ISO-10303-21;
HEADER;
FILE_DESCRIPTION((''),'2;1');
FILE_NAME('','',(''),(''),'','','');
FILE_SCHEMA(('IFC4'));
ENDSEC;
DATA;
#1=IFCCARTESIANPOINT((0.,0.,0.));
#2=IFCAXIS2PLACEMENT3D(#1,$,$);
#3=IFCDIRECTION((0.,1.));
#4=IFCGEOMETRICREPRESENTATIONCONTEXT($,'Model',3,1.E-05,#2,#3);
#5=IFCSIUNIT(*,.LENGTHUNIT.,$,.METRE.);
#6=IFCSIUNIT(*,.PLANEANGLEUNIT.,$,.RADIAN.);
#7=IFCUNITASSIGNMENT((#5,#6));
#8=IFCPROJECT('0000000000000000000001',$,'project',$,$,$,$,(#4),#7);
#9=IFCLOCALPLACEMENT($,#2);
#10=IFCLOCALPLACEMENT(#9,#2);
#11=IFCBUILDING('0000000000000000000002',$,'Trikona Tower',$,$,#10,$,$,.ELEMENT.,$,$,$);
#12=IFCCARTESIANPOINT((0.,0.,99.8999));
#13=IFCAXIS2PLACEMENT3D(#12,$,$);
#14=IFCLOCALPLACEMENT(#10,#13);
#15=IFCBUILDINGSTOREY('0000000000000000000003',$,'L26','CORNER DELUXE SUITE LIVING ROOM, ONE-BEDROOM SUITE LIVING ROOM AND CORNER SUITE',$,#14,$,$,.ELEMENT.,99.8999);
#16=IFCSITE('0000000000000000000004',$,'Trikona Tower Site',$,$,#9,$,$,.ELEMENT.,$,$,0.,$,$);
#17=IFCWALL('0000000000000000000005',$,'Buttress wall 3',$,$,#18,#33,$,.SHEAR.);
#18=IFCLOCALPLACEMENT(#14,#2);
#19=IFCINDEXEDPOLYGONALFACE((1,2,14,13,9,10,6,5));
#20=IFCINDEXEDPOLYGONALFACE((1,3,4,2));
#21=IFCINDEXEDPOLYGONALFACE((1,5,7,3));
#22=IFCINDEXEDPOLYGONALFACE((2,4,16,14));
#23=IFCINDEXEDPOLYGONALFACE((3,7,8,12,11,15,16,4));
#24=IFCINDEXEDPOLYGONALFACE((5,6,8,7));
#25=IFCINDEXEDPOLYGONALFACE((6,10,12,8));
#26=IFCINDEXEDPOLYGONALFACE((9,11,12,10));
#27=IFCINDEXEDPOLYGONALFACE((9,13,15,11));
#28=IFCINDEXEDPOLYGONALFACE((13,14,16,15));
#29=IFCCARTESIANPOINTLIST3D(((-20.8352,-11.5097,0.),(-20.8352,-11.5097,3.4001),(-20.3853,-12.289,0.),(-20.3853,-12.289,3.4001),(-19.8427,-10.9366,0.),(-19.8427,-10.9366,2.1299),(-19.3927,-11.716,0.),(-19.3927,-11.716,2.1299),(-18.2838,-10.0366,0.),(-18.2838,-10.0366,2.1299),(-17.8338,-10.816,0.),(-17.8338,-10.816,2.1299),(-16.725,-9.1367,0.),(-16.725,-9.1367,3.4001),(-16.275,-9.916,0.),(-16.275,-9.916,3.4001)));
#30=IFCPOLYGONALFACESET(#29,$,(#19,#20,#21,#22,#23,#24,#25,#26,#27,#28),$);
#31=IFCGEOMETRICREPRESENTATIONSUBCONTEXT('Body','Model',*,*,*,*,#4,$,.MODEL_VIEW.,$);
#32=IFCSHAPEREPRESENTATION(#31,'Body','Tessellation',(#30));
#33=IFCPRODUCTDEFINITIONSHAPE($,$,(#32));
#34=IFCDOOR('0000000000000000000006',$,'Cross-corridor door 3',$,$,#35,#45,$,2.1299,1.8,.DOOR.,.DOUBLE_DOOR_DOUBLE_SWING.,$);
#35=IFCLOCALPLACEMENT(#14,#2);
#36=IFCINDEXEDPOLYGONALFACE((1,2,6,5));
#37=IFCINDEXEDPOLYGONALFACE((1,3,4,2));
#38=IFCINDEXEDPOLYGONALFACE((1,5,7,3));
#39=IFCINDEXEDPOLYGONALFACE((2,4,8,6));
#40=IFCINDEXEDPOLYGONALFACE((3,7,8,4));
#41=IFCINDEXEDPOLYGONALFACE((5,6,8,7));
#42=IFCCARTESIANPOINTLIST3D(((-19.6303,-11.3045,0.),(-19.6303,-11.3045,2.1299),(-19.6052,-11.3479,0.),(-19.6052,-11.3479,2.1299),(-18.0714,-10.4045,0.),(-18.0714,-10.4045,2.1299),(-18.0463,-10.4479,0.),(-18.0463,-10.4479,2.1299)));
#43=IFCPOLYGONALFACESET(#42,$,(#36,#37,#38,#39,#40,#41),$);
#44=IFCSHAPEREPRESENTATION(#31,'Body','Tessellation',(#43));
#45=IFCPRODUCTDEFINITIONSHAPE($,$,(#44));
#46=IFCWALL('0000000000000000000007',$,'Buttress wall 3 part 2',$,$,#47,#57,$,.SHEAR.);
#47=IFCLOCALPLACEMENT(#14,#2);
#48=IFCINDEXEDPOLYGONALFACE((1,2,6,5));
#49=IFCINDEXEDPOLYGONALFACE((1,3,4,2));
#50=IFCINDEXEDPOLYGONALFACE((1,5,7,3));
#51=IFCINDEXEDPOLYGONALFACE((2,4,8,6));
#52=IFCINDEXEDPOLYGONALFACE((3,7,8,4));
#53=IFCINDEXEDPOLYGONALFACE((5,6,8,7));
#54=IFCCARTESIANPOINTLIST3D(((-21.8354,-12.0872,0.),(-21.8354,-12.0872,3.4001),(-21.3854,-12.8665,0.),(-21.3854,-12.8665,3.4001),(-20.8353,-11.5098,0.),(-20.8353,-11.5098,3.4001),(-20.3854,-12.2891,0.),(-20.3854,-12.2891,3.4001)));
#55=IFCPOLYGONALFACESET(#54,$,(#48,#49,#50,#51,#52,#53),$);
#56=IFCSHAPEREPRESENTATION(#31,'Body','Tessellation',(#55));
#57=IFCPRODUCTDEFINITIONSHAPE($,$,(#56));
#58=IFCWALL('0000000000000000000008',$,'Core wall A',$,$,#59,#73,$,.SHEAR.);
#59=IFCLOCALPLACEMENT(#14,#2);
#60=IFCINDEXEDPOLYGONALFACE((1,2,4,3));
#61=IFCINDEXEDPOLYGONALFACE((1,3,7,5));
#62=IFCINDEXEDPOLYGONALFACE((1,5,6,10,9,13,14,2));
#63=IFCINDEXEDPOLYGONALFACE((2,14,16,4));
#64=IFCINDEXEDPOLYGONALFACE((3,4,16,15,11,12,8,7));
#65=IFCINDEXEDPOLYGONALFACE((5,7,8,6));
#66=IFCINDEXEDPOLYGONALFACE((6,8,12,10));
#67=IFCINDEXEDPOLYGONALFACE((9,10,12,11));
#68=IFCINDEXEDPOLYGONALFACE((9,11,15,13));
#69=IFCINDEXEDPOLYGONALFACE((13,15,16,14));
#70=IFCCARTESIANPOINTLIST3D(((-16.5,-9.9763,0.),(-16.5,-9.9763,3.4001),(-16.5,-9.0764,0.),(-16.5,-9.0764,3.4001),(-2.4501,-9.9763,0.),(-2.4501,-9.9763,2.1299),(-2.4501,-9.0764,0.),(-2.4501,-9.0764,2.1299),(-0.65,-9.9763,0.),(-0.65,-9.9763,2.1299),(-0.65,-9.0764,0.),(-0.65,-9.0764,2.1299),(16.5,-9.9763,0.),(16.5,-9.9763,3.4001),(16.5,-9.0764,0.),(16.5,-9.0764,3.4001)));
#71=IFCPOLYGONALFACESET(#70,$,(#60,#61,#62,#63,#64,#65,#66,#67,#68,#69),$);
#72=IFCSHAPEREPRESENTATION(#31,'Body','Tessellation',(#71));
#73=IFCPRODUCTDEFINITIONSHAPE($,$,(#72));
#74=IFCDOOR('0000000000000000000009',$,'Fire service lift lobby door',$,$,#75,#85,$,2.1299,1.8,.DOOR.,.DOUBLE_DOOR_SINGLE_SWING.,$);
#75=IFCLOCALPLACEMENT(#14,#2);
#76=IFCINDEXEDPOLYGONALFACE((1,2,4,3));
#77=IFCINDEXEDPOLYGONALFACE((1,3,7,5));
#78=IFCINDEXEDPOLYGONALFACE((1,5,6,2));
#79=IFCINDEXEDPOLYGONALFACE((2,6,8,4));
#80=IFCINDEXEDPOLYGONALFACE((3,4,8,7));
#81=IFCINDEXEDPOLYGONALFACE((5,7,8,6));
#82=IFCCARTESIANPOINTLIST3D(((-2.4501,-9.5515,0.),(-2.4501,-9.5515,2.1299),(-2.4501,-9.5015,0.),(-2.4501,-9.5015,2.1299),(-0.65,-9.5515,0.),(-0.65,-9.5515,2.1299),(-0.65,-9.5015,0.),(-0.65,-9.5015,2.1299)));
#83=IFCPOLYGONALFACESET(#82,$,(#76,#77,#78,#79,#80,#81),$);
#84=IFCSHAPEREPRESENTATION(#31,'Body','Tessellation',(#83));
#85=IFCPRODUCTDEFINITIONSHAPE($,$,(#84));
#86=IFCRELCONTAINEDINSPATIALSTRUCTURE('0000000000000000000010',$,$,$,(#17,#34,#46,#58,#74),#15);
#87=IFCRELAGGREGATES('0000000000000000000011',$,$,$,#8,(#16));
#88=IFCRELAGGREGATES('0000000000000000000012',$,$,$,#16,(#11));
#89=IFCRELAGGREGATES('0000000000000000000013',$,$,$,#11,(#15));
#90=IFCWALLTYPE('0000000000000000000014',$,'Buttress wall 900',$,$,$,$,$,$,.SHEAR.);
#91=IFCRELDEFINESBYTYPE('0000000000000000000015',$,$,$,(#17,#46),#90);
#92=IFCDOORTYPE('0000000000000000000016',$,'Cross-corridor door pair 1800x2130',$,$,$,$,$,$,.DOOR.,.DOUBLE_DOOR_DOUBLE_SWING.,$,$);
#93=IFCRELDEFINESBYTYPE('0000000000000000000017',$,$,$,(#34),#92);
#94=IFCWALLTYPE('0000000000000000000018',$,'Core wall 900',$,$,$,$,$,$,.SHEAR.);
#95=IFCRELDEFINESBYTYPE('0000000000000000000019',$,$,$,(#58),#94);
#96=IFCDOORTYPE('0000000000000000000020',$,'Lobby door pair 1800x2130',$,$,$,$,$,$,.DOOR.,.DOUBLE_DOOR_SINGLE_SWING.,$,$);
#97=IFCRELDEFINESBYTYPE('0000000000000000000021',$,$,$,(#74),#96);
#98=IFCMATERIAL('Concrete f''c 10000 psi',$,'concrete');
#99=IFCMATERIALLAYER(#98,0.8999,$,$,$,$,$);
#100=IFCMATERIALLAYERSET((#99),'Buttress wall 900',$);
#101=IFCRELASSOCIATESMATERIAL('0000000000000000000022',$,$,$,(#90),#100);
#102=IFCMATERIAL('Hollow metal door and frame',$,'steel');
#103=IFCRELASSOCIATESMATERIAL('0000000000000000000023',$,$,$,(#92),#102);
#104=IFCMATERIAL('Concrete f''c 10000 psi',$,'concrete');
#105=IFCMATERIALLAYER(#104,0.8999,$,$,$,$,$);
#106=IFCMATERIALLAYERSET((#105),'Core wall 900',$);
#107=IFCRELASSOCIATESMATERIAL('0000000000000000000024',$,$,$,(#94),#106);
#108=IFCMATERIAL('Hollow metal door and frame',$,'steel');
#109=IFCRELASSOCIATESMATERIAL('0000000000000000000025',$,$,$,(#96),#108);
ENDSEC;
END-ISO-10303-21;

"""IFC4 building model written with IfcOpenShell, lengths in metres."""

from ifc_helpers import new_model, si_unit, direction, frame, frame_2d, origin, place, context, subcontext, project, spatial, rectangle, extrude, material, layer, layer_set, type_object, element, fill, save


model = new_model("IFC4")

# Units and contexts
model_context = context("Model", 3, precision=1e-05, world=origin(), true_north=direction((0.0, 1.0)))
body_context = subcontext(model_context, "Body", "Model", "MODEL_VIEW")
ifc_project = project(units=[si_unit("LENGTHUNIT", "METRE"), si_unit("PLANEANGLEUNIT", "RADIAN")], contexts=[model_context])

# Site, building, storey
site_placement = place(None, origin())
site = spatial("IfcSite", under=ifc_project, at=site_placement, Name="Trikona Tower Site", CompositionType="ELEMENT", RefElevation=0.0)
building_placement = place(site_placement, origin())
building = spatial("IfcBuilding", under=site, at=building_placement, Name="Trikona Tower", CompositionType="ELEMENT")
storey_placement = place(building_placement, frame((0.0, 0.0, 99.8999)))
storey = spatial("IfcBuildingStorey", under=building, at=storey_placement, Name="L26", Description="CORNER DELUXE SUITE LIVING ROOM, ONE-BEDROOM SUITE LIVING ROOM AND CORNER SUITE", CompositionType="ELEMENT", Elevation=99.8999)

# Wall, opening, door
ifc_material_1 = material(Name="Concrete f'c 10000 psi", Category="concrete")
ifc_layer_1 = layer(ifc_material_1, 0.8999)
ifc_layer_set_1 = layer_set([ifc_layer_1], Name="Buttress wall 900")
wall_type_1 = type_object("IfcWallType", Name="Buttress wall 900", PredefinedType="SHEAR", material=ifc_layer_set_1)
wall_1_placement = place(storey_placement, frame((-16.5, -9.5264, 0.0), z_axis=(0.0, 0.0, 1.0), x_axis=(-0.866031, -0.49999, 0.0)))
wall_1 = element("IfcWall", 1, at=wall_1_placement, inside=storey, type_object=wall_type_1, Name="Buttress wall 3", PredefinedType="SHEAR", context=body_context, shape_type="SweptSolid", body=[
    extrude(rectangle(XDim=4.7461, YDim=0.8999, at=frame_2d((2.373, 0.0))), origin(), (0.0, 0.0, 1.0), 3.4001),
])
opening_1_placement = place(wall_1_placement, frame((1.8, 0.0, 0.0)))
opening_1 = element("IfcOpeningElement", 2, at=opening_1_placement, cuts=wall_1, PredefinedType="OPENING", context=body_context, shape_type="SweptSolid", body=[
    extrude(rectangle(XDim=1.8, YDim=2.1299, at=frame_2d((0.8999, 1.0649))), frame((0.0, 0.46, 0.0), z_axis=(0.0, -1.0, 0.0), x_axis=(1.0, 0.0, 0.0)), (0.0, 0.0, 1.0), 0.9199),
])
ifc_material_2 = material(Name="Hollow metal door and frame", Category="steel")
door_type_1 = type_object("IfcDoorType", Name="Cross-corridor door pair 1800x2130", OperationType="DOUBLE_DOOR_DOUBLE_SWING", PredefinedType="DOOR", material=ifc_material_2)
door_1_placement = place(opening_1_placement, origin())
door_1 = element("IfcDoor", 3, at=door_1_placement, inside=storey, type_object=door_type_1, Name="Cross-corridor door 3", OperationType="DOUBLE_DOOR_DOUBLE_SWING", OverallHeight=2.1299, OverallWidth=1.8, PredefinedType="DOOR", context=body_context, shape_type="SweptSolid", body=[
    extrude(rectangle(XDim=1.8, YDim=2.1299, at=frame_2d((0.8999, 1.0649))), frame((0.0, 0.0249, 0.0), z_axis=(0.0, -1.0, 0.0), x_axis=(1.0, 0.0, 0.0)), (0.0, 0.0, 1.0), 0.05),
])
fill(opening_1, door_1)

# Wall
wall_2_placement = place(storey_placement, frame((-20.6104, -11.8994, 0.0), z_axis=(0.0, 0.0, 1.0), x_axis=(-0.86601, -0.500027, 0.0)))
element("IfcWall", 4, at=wall_2_placement, inside=storey, type_object=wall_type_1, Name="Buttress wall 3 part 2", PredefinedType="SHEAR", context=body_context, shape_type="SweptSolid", body=[
    extrude(rectangle(XDim=1.1548, YDim=0.8999, at=frame_2d((0.5774, 0.0))), origin(), (0.0, 0.0, 1.0), 3.4001),
])

# Wall, opening, door
ifc_material_3 = material(Name="Concrete f'c 10000 psi", Category="concrete")
ifc_layer_2 = layer(ifc_material_3, 0.8999)
ifc_layer_set_2 = layer_set([ifc_layer_2], Name="Core wall 900")
wall_type_2 = type_object("IfcWallType", Name="Core wall 900", PredefinedType="SHEAR", material=ifc_layer_set_2)
wall_3_placement = place(storey_placement, frame((-16.5, -9.5264, 0.0), z_axis=(0.0, 0.0, 1.0), x_axis=(1.0, 0.0, 0.0)))
wall_3 = element("IfcWall", 5, at=wall_3_placement, inside=storey, type_object=wall_type_2, Name="Core wall A", PredefinedType="SHEAR", context=body_context, shape_type="SweptSolid", body=[
    extrude(rectangle(XDim=33.0, YDim=0.8999, at=frame_2d((16.5, 0.0))), origin(), (0.0, 0.0, 1.0), 3.4001),
])
opening_2_placement = place(wall_3_placement, frame((14.05, 0.0, 0.0)))
opening_2 = element("IfcOpeningElement", 6, at=opening_2_placement, cuts=wall_3, PredefinedType="OPENING", context=body_context, shape_type="SweptSolid", body=[
    extrude(rectangle(XDim=1.8, YDim=2.1299, at=frame_2d((0.8999, 1.0649))), frame((0.0, 0.46, 0.0), z_axis=(0.0, -1.0, 0.0), x_axis=(1.0, 0.0, 0.0)), (0.0, 0.0, 1.0), 0.9199),
])
ifc_material_4 = material(Name="Hollow metal door and frame", Category="steel")
door_type_2 = type_object("IfcDoorType", Name="Lobby door pair 1800x2130", OperationType="DOUBLE_DOOR_SINGLE_SWING", PredefinedType="DOOR", material=ifc_material_4)
door_2_placement = place(opening_2_placement, origin())
door_2 = element("IfcDoor", 7, at=door_2_placement, inside=storey, type_object=door_type_2, Name="Fire service lift lobby door", OperationType="DOUBLE_DOOR_SINGLE_SWING", OverallHeight=2.1299, OverallWidth=1.8, PredefinedType="DOOR", context=body_context, shape_type="SweptSolid", body=[
    extrude(rectangle(XDim=1.8, YDim=2.1299, at=frame_2d((0.8999, 1.0649))), frame((0.0, 0.0249, 0.0), z_axis=(0.0, -1.0, 0.0), x_axis=(1.0, 0.0, 0.0)), (0.0, 0.0, 1.0), 0.05),
])
fill(opening_2, door_2)

save(model, "model.ifc")
